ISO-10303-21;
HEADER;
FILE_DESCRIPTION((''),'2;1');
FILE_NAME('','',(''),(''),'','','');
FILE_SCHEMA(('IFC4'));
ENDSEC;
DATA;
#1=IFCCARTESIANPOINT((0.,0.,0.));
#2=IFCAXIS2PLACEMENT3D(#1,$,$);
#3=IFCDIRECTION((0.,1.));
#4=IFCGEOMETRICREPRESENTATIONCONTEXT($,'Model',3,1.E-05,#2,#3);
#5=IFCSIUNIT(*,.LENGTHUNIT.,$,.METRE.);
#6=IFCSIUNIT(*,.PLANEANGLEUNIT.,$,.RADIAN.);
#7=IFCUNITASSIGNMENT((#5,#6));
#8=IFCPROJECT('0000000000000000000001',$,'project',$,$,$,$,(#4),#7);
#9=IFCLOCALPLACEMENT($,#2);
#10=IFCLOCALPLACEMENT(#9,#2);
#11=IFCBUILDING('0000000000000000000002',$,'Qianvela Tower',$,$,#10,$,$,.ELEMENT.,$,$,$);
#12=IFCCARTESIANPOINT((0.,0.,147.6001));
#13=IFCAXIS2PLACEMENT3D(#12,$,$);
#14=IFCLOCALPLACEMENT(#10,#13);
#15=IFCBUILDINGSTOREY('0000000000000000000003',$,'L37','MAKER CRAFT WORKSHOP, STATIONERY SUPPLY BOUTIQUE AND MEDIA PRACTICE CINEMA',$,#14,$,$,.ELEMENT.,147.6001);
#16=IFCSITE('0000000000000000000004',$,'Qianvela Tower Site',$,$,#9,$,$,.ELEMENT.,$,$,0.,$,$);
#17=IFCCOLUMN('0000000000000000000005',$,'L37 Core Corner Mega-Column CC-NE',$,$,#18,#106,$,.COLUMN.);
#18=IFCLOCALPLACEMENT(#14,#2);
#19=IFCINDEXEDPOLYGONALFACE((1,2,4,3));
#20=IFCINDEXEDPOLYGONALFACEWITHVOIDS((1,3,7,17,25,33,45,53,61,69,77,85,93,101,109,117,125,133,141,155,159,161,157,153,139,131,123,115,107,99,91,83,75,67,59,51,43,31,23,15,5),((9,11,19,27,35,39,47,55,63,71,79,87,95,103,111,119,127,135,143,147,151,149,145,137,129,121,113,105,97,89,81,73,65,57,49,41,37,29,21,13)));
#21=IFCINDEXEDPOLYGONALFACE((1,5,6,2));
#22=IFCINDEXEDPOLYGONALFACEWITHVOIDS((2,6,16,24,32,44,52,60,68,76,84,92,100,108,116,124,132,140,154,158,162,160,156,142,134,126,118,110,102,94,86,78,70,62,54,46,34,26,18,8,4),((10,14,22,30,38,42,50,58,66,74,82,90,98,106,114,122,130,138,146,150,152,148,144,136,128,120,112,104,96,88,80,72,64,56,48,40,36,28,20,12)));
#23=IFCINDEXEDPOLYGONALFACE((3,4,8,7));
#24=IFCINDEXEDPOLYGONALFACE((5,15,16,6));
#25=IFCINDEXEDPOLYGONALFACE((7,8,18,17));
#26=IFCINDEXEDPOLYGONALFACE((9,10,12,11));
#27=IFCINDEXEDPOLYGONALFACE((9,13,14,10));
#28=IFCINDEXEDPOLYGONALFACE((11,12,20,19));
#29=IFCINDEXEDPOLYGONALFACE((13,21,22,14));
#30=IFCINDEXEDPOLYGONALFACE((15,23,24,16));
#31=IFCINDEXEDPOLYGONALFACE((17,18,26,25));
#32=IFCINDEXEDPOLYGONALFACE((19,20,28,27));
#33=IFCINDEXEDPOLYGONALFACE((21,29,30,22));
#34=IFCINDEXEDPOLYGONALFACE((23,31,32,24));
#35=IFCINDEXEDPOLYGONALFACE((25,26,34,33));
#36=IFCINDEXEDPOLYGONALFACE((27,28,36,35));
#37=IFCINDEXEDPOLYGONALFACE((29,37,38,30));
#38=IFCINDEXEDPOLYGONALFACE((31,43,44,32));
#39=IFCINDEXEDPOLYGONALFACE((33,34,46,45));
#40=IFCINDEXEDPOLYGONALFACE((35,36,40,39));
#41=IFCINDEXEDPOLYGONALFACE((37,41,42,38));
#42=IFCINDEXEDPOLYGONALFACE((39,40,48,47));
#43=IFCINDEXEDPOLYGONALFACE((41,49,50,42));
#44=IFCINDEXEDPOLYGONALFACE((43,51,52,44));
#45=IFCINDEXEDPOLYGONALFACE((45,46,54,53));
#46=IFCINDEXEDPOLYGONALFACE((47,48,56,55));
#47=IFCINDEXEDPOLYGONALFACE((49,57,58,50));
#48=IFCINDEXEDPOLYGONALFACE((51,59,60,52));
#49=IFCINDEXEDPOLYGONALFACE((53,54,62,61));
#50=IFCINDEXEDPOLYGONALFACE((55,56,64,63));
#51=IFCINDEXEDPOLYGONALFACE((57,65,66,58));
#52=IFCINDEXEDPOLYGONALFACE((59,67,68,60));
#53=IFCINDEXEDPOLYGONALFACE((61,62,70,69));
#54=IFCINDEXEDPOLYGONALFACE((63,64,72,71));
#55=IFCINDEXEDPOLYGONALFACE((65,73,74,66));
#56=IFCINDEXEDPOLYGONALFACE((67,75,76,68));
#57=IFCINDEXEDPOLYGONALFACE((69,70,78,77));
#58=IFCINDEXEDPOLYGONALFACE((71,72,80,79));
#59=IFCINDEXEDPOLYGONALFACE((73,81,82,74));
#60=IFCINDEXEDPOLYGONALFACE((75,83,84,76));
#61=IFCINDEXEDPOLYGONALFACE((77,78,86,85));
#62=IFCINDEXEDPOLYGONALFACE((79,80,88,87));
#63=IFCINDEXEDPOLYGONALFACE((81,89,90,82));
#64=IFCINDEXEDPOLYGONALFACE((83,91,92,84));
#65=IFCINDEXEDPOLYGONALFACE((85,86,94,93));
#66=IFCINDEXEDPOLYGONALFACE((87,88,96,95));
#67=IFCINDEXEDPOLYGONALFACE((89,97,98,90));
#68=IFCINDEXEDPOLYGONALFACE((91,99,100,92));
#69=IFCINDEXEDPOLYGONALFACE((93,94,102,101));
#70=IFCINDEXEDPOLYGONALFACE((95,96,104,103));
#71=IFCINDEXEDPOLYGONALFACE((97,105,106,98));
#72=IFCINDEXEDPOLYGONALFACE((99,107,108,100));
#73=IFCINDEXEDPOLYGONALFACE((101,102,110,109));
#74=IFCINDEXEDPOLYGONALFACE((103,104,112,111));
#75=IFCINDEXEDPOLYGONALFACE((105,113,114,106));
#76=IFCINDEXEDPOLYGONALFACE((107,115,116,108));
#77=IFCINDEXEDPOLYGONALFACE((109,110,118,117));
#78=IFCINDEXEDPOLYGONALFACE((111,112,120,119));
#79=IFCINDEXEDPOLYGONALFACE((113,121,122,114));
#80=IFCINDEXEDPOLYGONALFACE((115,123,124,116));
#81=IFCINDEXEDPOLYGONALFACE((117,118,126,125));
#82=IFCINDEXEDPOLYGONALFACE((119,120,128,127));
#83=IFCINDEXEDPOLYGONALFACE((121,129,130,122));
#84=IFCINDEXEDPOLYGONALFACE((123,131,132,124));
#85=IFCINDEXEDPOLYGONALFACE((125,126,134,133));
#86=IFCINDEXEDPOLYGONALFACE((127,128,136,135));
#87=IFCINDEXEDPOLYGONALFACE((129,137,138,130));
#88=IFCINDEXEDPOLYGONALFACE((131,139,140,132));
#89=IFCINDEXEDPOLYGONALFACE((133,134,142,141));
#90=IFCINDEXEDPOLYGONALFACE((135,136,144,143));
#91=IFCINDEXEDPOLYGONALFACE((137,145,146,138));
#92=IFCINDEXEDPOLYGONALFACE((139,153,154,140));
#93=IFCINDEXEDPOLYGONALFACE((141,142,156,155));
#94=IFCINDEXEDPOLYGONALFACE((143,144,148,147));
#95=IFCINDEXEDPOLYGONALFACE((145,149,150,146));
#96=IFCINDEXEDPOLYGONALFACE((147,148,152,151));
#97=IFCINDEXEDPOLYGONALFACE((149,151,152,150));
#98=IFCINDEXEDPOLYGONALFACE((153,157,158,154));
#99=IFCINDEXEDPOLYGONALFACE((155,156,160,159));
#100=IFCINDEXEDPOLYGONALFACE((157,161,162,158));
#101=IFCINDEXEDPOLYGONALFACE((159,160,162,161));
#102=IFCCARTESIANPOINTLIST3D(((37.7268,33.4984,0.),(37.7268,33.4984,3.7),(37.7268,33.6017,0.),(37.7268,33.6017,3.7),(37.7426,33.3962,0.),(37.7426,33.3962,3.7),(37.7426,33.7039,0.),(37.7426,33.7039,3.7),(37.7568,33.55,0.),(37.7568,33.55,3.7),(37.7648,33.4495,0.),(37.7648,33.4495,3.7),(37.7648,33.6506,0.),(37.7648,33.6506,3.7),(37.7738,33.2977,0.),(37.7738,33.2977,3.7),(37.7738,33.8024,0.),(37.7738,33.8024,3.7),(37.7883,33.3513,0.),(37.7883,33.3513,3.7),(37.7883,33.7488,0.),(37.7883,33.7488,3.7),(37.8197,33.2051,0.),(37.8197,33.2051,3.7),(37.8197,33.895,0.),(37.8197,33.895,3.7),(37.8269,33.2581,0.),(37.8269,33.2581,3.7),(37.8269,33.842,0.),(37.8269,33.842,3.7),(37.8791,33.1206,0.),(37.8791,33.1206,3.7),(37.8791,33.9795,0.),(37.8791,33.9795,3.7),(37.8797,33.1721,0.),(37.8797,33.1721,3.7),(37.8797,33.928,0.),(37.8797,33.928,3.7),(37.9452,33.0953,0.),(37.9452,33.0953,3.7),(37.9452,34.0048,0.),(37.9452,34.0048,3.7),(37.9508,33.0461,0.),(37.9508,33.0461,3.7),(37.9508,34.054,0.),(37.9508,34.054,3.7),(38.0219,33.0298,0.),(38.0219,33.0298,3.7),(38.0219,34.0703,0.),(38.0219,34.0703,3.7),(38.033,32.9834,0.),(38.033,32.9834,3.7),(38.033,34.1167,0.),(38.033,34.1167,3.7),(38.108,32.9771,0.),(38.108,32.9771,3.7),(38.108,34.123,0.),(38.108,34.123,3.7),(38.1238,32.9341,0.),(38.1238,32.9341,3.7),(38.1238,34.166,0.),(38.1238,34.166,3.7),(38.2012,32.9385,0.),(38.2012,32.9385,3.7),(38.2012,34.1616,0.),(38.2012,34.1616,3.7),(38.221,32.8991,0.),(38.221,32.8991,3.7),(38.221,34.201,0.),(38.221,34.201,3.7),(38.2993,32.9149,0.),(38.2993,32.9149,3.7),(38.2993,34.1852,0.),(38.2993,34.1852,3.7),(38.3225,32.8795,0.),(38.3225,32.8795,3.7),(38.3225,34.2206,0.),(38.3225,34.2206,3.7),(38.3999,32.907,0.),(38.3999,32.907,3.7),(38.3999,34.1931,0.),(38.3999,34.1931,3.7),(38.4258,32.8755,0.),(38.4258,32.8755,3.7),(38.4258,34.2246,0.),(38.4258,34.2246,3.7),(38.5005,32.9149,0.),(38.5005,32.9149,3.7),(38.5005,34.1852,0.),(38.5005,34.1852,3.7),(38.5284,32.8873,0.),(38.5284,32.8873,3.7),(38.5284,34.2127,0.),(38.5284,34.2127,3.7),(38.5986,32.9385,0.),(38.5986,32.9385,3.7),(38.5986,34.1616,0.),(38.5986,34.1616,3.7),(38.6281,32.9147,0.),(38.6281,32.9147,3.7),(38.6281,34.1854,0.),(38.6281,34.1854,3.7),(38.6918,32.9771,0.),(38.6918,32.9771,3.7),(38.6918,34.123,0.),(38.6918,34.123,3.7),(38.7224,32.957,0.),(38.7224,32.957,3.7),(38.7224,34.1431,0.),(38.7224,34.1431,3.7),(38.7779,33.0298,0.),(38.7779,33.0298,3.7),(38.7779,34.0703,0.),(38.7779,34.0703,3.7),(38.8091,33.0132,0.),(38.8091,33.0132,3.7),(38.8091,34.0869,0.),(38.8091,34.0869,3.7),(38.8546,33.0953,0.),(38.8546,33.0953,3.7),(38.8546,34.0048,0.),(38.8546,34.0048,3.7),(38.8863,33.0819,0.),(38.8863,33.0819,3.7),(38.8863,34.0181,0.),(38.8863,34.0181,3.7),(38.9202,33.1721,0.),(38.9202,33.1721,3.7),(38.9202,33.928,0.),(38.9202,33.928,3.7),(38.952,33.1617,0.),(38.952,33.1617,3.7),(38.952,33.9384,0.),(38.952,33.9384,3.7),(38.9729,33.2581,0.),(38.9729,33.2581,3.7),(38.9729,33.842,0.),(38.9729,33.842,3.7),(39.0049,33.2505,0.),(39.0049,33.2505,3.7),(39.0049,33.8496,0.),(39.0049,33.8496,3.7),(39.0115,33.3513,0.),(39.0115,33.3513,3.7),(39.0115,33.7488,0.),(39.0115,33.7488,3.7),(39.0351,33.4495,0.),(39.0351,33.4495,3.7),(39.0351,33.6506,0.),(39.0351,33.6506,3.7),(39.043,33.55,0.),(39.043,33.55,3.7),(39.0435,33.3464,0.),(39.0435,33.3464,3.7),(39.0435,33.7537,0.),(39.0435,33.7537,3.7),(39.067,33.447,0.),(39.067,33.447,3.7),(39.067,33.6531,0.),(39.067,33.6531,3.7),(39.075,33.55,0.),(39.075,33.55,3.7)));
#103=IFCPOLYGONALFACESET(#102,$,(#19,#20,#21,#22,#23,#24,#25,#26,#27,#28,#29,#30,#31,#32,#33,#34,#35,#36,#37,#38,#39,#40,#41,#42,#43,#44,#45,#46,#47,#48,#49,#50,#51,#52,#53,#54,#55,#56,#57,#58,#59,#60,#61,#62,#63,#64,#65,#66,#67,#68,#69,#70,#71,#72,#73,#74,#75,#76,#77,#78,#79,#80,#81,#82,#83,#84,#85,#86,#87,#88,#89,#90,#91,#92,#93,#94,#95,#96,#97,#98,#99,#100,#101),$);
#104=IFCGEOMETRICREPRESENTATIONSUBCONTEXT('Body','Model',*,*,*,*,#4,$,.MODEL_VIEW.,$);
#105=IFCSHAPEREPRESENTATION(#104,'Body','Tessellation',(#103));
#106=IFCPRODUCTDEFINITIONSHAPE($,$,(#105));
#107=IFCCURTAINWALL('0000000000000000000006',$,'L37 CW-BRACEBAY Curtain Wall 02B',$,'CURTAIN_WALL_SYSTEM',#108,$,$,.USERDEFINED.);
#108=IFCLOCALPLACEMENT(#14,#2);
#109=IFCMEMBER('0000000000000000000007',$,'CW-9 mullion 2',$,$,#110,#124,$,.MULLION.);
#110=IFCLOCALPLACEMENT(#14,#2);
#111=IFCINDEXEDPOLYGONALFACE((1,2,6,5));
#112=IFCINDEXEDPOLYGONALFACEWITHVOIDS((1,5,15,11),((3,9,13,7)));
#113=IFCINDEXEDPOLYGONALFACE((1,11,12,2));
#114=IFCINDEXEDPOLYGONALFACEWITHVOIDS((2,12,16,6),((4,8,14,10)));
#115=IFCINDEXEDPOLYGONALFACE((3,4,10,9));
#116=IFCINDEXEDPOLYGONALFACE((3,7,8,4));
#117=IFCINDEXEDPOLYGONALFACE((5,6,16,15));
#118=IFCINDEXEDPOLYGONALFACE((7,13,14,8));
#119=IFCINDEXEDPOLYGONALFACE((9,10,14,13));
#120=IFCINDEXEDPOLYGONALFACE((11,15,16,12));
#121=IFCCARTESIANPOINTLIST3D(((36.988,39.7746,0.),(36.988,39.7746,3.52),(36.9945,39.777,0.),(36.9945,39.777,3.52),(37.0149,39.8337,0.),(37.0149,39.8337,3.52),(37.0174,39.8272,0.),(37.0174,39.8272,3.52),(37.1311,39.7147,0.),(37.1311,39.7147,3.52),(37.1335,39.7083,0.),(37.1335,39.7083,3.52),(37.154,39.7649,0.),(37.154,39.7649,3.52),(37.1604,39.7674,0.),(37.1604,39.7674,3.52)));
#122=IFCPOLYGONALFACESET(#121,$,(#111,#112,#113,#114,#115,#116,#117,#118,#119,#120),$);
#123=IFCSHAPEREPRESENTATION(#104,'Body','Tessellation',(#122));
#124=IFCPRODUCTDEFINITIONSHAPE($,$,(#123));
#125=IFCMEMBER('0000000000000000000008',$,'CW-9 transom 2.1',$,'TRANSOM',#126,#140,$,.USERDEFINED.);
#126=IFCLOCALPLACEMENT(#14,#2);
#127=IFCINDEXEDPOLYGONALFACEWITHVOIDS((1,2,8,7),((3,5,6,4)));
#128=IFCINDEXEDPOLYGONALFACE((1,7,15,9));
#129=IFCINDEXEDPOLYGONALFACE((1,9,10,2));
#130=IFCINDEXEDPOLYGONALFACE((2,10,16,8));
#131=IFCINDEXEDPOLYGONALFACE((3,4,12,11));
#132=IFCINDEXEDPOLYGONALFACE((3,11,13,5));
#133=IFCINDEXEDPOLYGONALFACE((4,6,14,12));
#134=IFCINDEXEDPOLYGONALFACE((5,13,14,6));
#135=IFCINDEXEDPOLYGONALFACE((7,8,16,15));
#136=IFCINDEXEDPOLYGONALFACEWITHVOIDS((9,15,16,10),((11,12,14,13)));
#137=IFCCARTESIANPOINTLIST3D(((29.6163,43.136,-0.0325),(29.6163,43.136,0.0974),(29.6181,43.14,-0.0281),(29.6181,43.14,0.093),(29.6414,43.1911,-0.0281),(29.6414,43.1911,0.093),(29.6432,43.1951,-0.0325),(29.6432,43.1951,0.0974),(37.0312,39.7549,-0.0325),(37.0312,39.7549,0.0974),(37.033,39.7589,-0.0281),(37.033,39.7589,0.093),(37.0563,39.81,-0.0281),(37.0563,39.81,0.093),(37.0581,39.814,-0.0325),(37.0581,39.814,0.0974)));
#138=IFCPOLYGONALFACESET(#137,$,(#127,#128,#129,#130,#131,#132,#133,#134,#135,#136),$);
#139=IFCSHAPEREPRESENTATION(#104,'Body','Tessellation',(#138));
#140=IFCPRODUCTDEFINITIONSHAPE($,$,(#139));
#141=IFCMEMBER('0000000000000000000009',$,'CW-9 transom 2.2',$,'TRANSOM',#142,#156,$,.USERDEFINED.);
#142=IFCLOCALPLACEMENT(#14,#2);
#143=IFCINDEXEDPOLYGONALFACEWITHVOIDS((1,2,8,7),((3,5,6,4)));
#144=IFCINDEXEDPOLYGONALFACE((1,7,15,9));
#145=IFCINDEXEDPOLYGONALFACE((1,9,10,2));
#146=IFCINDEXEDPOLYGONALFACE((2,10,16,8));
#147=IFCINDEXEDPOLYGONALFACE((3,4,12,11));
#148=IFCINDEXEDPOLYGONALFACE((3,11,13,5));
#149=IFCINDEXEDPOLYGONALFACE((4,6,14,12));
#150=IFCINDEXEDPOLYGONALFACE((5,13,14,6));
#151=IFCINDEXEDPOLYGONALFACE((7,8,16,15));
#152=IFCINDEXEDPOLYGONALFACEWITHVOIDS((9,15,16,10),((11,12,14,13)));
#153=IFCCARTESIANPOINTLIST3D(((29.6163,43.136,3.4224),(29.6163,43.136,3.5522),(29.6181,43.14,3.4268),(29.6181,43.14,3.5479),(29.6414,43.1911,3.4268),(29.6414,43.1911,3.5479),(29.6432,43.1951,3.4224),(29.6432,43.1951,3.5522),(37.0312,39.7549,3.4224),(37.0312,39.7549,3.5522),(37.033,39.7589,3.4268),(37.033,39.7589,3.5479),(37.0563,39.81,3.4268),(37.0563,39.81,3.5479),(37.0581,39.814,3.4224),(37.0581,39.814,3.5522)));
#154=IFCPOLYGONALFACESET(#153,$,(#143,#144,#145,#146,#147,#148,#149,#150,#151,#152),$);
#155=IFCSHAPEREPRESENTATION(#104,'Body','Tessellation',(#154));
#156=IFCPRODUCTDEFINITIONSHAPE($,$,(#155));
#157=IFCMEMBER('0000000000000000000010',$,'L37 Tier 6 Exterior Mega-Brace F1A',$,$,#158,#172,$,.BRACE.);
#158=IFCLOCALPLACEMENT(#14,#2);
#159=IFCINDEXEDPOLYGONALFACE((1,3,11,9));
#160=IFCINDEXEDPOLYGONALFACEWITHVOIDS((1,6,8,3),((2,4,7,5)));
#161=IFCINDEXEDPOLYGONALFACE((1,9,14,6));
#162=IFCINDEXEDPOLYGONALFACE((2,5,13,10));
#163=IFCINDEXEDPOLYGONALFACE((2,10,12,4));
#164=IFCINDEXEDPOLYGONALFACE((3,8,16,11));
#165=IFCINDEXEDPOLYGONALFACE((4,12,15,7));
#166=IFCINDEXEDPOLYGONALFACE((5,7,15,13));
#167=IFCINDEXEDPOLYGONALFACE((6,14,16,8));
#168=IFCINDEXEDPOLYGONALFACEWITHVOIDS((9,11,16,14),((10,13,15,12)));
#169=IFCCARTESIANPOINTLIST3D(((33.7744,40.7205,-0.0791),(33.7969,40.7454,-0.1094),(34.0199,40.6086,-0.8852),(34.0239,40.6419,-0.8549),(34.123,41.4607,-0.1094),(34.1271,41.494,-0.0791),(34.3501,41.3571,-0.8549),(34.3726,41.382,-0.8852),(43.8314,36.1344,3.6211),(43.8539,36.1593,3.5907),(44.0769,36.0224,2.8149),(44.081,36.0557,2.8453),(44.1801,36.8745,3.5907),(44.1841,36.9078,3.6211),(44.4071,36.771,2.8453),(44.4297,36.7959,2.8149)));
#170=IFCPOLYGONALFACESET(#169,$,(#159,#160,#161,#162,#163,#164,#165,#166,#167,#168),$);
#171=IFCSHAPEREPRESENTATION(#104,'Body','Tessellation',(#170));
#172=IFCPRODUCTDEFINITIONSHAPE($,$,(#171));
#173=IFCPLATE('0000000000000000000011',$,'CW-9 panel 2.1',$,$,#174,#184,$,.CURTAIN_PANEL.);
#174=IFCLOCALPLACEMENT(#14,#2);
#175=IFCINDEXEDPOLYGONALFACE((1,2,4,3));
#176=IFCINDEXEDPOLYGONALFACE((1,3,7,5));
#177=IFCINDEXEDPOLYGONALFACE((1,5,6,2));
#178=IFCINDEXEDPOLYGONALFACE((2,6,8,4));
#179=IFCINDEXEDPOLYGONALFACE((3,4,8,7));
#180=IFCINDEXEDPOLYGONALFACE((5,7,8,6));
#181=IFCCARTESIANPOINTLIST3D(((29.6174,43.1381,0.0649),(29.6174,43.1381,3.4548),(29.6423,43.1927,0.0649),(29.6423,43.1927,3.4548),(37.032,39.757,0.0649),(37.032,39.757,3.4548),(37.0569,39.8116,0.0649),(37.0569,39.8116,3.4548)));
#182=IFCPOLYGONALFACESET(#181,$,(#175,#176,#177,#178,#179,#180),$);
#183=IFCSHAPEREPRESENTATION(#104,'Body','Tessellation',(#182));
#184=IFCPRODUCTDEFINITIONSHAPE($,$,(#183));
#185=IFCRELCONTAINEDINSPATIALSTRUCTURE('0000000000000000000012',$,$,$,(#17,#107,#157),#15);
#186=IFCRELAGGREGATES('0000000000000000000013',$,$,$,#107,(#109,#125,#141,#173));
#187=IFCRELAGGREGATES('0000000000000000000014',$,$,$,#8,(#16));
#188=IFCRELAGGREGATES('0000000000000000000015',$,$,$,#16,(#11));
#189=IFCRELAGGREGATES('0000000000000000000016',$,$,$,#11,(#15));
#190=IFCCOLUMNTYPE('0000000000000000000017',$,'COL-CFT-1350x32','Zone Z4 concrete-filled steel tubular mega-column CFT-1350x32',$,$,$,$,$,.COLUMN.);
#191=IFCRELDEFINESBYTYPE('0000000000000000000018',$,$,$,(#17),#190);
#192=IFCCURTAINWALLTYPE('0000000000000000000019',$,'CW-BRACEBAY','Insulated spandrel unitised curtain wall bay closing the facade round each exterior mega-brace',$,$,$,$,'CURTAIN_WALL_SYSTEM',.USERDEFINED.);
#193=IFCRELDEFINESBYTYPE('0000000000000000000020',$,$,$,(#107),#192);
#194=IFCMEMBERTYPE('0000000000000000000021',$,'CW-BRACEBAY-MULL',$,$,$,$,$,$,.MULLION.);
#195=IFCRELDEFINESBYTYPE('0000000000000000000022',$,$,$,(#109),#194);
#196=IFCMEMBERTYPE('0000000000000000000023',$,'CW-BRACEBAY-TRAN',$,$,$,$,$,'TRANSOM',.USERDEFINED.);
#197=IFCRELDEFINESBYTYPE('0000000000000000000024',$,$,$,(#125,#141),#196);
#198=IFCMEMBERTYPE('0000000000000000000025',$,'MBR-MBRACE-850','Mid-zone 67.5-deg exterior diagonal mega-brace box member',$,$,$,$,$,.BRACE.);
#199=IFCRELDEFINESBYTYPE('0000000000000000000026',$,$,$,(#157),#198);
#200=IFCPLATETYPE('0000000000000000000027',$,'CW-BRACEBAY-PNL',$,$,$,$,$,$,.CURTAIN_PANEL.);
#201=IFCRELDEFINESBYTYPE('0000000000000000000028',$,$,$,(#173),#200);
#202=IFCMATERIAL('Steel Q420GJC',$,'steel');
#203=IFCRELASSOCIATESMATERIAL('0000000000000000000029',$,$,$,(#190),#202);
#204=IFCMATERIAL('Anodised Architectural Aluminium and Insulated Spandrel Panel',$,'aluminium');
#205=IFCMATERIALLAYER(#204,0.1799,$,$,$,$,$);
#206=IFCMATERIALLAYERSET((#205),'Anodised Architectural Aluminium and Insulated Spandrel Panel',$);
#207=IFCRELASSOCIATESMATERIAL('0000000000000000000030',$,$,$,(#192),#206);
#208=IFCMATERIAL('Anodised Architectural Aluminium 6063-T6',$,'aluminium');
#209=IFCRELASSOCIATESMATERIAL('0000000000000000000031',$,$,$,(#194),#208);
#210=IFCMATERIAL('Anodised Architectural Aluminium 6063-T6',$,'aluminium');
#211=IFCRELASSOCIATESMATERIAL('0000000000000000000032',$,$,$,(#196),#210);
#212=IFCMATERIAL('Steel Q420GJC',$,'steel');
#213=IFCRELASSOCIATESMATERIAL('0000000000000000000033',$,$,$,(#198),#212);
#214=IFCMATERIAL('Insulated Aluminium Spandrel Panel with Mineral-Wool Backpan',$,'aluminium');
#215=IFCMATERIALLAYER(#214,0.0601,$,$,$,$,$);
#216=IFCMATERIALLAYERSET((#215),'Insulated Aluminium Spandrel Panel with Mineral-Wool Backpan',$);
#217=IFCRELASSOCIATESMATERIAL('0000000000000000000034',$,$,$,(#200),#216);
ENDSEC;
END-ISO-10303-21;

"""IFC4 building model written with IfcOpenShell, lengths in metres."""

from ifc_helpers import new_model, si_unit, direction, frame, origin, origin_2d, place, context, subcontext, project, spatial, rectangle, hollow_rectangle, hollow_circle, extrude, material, layer, layer_set, material_profile, profile_set, type_object, element, aggregate, save


model = new_model("IFC4")

# Units and contexts
model_context = context("Model", 3, precision=1e-05, world=origin(), true_north=direction((0.0, 1.0)))
body_context = subcontext(model_context, "Body", "Model", "MODEL_VIEW")
ifc_project = project(units=[si_unit("LENGTHUNIT", "METRE"), si_unit("PLANEANGLEUNIT", "RADIAN")], contexts=[model_context])

# Site, building, storey
site_placement = place(None, origin())
site = spatial("IfcSite", under=ifc_project, at=site_placement, Name="Qianvela Tower Site", CompositionType="ELEMENT", RefElevation=0.0)
building_placement = place(site_placement, origin())
building = spatial("IfcBuilding", under=site, at=building_placement, Name="Qianvela Tower", CompositionType="ELEMENT")
storey_placement = place(building_placement, frame((0.0, 0.0, 147.6001)))
storey = spatial("IfcBuildingStorey", under=building, at=storey_placement, Name="L37", Description="MAKER CRAFT WORKSHOP, STATIONERY SUPPLY BOUTIQUE AND MEDIA PRACTICE CINEMA", CompositionType="ELEMENT", Elevation=147.6001)

# Column
ifc_material_1 = material(Name="Steel Q420GJC", Category="steel")
ifc_material_profile_1 = material_profile(ifc_material_1, hollow_circle(Radius=0.675, WallThickness=0.032, at=origin_2d()), Name="CFT-1350x32")
ifc_profile_set_1 = profile_set([ifc_material_profile_1], Name="Steel Q420GJC")
column_type = type_object("IfcColumnType", Name="COL-CFT-1350x32", Description="Zone Z4 concrete-filled steel tubular mega-column CFT-1350x32", PredefinedType="COLUMN", material=ifc_profile_set_1)
column_placement = place(storey_placement, frame((38.3999, 33.55, 0.0), z_axis=(0.0, 0.0, 1.0), x_axis=(1.0, 0.0, 0.0)))
element("IfcColumn", 1, at=column_placement, inside=storey, type_object=column_type, Name="L37 Core Corner Mega-Column CC-NE", PredefinedType="COLUMN", context=body_context, shape_type="SweptSolid", body=[
    extrude(hollow_circle(Radius=0.675, WallThickness=0.032, at=origin_2d()), origin(), (0.0, 0.0, 1.0), 3.7),
])

# Curtain wall, members
ifc_material_2 = material(Name="Anodised Architectural Aluminium and Insulated Spandrel Panel", Category="aluminium")
ifc_layer_1 = layer(ifc_material_2, 0.1799)
ifc_layer_set_1 = layer_set([ifc_layer_1], Name="Anodised Architectural Aluminium and Insulated Spandrel Panel")
curtain_wall_type = type_object("IfcCurtainWallType", Name="CW-BRACEBAY", Description="Insulated spandrel unitised curtain wall bay closing the facade round each exterior mega-brace", ElementType="CURTAIN_WALL_SYSTEM", PredefinedType="USERDEFINED", material=ifc_layer_set_1)
curtain_wall_placement = place(storey_placement, origin())
curtain_wall = element("IfcCurtainWall", 2, at=curtain_wall_placement, inside=storey, type_object=curtain_wall_type, Name="L37 CW-BRACEBAY Curtain Wall 02B", ObjectType="CURTAIN_WALL_SYSTEM", PredefinedType="USERDEFINED")
ifc_material_3 = material(Name="Anodised Architectural Aluminium 6063-T6", Category="aluminium")
ifc_material_profile_2 = material_profile(ifc_material_3, hollow_rectangle(XDim=0.0649, YDim=0.1599, WallThickness=0.0049, at=origin_2d()), Name="ALU-MULL-65x160")
ifc_profile_set_2 = profile_set([ifc_material_profile_2], Name="Anodised Architectural Aluminium 6063-T6")
member_type_1 = type_object("IfcMemberType", Name="CW-BRACEBAY-MULL", PredefinedType="MULLION", material=ifc_profile_set_2)
member_1_placement = place(storey_placement, frame((37.0742, 39.771, 0.0), z_axis=(0.0, 0.0, 1.0), x_axis=(-0.414907, -0.909864, 0.0)))
member_1 = element("IfcMember", 3, at=member_1_placement, type_object=member_type_1, Name="CW-9 mullion 2", PredefinedType="MULLION", context=body_context, shape_type="SweptSolid", body=[
    extrude(hollow_rectangle(XDim=0.0649, YDim=0.1599, WallThickness=0.0049, at=origin_2d()), origin(), (0.0, 0.0, 1.0), 3.52),
])
ifc_material_4 = material(Name="Anodised Architectural Aluminium 6063-T6", Category="aluminium")
ifc_material_profile_3 = material_profile(ifc_material_4, hollow_rectangle(XDim=0.0649, YDim=0.1299, WallThickness=0.0044, at=origin_2d()), Name="ALU-TRAN-65x130")
ifc_profile_set_3 = profile_set([ifc_material_profile_3], Name="Anodised Architectural Aluminium 6063-T6")
member_type_2 = type_object("IfcMemberType", Name="CW-BRACEBAY-TRAN", ElementType="TRANSOM", PredefinedType="USERDEFINED", material=ifc_profile_set_3)
member_2_placement = place(storey_placement, frame((37.0447, 39.7844, 0.0325), z_axis=(-0.909869, 0.414895, 0.0), x_axis=(-0.414895, -0.909869, 0.0)))
member_2 = element("IfcMember", 4, at=member_2_placement, type_object=member_type_2, Name="CW-9 transom 2.1", ObjectType="TRANSOM", PredefinedType="USERDEFINED", context=body_context, shape_type="SweptSolid", body=[
    extrude(hollow_rectangle(XDim=0.0649, YDim=0.1299, WallThickness=0.0044, at=origin_2d()), origin(), (0.0, 0.0, 1.0), 8.1494),
])
member_3_placement = place(storey_placement, frame((37.0447, 39.7844, 3.4873), z_axis=(-0.909869, 0.414895, 0.0), x_axis=(-0.414895, -0.909869, 0.0)))
member_3 = element("IfcMember", 5, at=member_3_placement, type_object=member_type_2, Name="CW-9 transom 2.2", ObjectType="TRANSOM", PredefinedType="USERDEFINED", context=body_context, shape_type="SweptSolid", body=[
    extrude(hollow_rectangle(XDim=0.0649, YDim=0.1299, WallThickness=0.0044, at=origin_2d()), origin(), (0.0, 0.0, 1.0), 8.1494),
])

# Member
ifc_material_5 = material(Name="Steel Q420GJC", Category="steel")
ifc_material_profile_4 = material_profile(ifc_material_5, hollow_rectangle(XDim=0.8501, YDim=0.8501, WallThickness=0.032, at=origin_2d()), Name="MBOX-850x850x32")
ifc_profile_set_4 = profile_set([ifc_material_profile_4], Name="Steel Q420GJC")
member_type_3 = type_object("IfcMemberType", Name="MBR-MBRACE-850", Description="Mid-zone 67.5-deg exterior diagonal mega-brace box member", PredefinedType="BRACE", material=ifc_profile_set_4)
member_4_placement = place(storey_placement, frame((34.0735, 41.0513, -0.4822), z_axis=(0.862803, -0.393449, 0.31744), x_axis=(0.414909, 0.909863, 0.0)))
element("IfcMember", 6, at=member_4_placement, inside=storey, type_object=member_type_3, Name="L37 Tier 6 Exterior Mega-Brace F1A", PredefinedType="BRACE", context=body_context, shape_type="SweptSolid", body=[
    extrude(hollow_rectangle(XDim=0.8501, YDim=0.8501, WallThickness=0.032, at=origin_2d()), origin(), (0.0, 0.0, 1.0), 11.6562),
])

# Plate
ifc_material_6 = material(Name="Insulated Aluminium Spandrel Panel with Mineral-Wool Backpan", Category="aluminium")
ifc_layer_2 = layer(ifc_material_6, 0.0601)
ifc_layer_set_2 = layer_set([ifc_layer_2], Name="Insulated Aluminium Spandrel Panel with Mineral-Wool Backpan")
plate_type_1 = type_object("IfcPlateType", Name="CW-BRACEBAY-PNL", PredefinedType="CURTAIN_PANEL", material=ifc_layer_set_2)
plate_1_placement = place(storey_placement, frame((33.3372, 41.4749, 0.0649), z_axis=(0.0, 0.0, 1.0), x_axis=(-0.909864, 0.414907, 0.0)))
plate_1 = element("IfcPlate", 7, at=plate_1_placement, type_object=plate_type_1, Name="CW-9 panel 2.1", PredefinedType="CURTAIN_PANEL", context=body_context, shape_type="SweptSolid", body=[
    extrude(rectangle(XDim=8.1492, YDim=0.0601, at=origin_2d()), origin(), (0.0, 0.0, 1.0), 3.3899),
])
aggregate(curtain_wall, [member_1, member_2, member_3, plate_1])

save(model, "model.ifc")
